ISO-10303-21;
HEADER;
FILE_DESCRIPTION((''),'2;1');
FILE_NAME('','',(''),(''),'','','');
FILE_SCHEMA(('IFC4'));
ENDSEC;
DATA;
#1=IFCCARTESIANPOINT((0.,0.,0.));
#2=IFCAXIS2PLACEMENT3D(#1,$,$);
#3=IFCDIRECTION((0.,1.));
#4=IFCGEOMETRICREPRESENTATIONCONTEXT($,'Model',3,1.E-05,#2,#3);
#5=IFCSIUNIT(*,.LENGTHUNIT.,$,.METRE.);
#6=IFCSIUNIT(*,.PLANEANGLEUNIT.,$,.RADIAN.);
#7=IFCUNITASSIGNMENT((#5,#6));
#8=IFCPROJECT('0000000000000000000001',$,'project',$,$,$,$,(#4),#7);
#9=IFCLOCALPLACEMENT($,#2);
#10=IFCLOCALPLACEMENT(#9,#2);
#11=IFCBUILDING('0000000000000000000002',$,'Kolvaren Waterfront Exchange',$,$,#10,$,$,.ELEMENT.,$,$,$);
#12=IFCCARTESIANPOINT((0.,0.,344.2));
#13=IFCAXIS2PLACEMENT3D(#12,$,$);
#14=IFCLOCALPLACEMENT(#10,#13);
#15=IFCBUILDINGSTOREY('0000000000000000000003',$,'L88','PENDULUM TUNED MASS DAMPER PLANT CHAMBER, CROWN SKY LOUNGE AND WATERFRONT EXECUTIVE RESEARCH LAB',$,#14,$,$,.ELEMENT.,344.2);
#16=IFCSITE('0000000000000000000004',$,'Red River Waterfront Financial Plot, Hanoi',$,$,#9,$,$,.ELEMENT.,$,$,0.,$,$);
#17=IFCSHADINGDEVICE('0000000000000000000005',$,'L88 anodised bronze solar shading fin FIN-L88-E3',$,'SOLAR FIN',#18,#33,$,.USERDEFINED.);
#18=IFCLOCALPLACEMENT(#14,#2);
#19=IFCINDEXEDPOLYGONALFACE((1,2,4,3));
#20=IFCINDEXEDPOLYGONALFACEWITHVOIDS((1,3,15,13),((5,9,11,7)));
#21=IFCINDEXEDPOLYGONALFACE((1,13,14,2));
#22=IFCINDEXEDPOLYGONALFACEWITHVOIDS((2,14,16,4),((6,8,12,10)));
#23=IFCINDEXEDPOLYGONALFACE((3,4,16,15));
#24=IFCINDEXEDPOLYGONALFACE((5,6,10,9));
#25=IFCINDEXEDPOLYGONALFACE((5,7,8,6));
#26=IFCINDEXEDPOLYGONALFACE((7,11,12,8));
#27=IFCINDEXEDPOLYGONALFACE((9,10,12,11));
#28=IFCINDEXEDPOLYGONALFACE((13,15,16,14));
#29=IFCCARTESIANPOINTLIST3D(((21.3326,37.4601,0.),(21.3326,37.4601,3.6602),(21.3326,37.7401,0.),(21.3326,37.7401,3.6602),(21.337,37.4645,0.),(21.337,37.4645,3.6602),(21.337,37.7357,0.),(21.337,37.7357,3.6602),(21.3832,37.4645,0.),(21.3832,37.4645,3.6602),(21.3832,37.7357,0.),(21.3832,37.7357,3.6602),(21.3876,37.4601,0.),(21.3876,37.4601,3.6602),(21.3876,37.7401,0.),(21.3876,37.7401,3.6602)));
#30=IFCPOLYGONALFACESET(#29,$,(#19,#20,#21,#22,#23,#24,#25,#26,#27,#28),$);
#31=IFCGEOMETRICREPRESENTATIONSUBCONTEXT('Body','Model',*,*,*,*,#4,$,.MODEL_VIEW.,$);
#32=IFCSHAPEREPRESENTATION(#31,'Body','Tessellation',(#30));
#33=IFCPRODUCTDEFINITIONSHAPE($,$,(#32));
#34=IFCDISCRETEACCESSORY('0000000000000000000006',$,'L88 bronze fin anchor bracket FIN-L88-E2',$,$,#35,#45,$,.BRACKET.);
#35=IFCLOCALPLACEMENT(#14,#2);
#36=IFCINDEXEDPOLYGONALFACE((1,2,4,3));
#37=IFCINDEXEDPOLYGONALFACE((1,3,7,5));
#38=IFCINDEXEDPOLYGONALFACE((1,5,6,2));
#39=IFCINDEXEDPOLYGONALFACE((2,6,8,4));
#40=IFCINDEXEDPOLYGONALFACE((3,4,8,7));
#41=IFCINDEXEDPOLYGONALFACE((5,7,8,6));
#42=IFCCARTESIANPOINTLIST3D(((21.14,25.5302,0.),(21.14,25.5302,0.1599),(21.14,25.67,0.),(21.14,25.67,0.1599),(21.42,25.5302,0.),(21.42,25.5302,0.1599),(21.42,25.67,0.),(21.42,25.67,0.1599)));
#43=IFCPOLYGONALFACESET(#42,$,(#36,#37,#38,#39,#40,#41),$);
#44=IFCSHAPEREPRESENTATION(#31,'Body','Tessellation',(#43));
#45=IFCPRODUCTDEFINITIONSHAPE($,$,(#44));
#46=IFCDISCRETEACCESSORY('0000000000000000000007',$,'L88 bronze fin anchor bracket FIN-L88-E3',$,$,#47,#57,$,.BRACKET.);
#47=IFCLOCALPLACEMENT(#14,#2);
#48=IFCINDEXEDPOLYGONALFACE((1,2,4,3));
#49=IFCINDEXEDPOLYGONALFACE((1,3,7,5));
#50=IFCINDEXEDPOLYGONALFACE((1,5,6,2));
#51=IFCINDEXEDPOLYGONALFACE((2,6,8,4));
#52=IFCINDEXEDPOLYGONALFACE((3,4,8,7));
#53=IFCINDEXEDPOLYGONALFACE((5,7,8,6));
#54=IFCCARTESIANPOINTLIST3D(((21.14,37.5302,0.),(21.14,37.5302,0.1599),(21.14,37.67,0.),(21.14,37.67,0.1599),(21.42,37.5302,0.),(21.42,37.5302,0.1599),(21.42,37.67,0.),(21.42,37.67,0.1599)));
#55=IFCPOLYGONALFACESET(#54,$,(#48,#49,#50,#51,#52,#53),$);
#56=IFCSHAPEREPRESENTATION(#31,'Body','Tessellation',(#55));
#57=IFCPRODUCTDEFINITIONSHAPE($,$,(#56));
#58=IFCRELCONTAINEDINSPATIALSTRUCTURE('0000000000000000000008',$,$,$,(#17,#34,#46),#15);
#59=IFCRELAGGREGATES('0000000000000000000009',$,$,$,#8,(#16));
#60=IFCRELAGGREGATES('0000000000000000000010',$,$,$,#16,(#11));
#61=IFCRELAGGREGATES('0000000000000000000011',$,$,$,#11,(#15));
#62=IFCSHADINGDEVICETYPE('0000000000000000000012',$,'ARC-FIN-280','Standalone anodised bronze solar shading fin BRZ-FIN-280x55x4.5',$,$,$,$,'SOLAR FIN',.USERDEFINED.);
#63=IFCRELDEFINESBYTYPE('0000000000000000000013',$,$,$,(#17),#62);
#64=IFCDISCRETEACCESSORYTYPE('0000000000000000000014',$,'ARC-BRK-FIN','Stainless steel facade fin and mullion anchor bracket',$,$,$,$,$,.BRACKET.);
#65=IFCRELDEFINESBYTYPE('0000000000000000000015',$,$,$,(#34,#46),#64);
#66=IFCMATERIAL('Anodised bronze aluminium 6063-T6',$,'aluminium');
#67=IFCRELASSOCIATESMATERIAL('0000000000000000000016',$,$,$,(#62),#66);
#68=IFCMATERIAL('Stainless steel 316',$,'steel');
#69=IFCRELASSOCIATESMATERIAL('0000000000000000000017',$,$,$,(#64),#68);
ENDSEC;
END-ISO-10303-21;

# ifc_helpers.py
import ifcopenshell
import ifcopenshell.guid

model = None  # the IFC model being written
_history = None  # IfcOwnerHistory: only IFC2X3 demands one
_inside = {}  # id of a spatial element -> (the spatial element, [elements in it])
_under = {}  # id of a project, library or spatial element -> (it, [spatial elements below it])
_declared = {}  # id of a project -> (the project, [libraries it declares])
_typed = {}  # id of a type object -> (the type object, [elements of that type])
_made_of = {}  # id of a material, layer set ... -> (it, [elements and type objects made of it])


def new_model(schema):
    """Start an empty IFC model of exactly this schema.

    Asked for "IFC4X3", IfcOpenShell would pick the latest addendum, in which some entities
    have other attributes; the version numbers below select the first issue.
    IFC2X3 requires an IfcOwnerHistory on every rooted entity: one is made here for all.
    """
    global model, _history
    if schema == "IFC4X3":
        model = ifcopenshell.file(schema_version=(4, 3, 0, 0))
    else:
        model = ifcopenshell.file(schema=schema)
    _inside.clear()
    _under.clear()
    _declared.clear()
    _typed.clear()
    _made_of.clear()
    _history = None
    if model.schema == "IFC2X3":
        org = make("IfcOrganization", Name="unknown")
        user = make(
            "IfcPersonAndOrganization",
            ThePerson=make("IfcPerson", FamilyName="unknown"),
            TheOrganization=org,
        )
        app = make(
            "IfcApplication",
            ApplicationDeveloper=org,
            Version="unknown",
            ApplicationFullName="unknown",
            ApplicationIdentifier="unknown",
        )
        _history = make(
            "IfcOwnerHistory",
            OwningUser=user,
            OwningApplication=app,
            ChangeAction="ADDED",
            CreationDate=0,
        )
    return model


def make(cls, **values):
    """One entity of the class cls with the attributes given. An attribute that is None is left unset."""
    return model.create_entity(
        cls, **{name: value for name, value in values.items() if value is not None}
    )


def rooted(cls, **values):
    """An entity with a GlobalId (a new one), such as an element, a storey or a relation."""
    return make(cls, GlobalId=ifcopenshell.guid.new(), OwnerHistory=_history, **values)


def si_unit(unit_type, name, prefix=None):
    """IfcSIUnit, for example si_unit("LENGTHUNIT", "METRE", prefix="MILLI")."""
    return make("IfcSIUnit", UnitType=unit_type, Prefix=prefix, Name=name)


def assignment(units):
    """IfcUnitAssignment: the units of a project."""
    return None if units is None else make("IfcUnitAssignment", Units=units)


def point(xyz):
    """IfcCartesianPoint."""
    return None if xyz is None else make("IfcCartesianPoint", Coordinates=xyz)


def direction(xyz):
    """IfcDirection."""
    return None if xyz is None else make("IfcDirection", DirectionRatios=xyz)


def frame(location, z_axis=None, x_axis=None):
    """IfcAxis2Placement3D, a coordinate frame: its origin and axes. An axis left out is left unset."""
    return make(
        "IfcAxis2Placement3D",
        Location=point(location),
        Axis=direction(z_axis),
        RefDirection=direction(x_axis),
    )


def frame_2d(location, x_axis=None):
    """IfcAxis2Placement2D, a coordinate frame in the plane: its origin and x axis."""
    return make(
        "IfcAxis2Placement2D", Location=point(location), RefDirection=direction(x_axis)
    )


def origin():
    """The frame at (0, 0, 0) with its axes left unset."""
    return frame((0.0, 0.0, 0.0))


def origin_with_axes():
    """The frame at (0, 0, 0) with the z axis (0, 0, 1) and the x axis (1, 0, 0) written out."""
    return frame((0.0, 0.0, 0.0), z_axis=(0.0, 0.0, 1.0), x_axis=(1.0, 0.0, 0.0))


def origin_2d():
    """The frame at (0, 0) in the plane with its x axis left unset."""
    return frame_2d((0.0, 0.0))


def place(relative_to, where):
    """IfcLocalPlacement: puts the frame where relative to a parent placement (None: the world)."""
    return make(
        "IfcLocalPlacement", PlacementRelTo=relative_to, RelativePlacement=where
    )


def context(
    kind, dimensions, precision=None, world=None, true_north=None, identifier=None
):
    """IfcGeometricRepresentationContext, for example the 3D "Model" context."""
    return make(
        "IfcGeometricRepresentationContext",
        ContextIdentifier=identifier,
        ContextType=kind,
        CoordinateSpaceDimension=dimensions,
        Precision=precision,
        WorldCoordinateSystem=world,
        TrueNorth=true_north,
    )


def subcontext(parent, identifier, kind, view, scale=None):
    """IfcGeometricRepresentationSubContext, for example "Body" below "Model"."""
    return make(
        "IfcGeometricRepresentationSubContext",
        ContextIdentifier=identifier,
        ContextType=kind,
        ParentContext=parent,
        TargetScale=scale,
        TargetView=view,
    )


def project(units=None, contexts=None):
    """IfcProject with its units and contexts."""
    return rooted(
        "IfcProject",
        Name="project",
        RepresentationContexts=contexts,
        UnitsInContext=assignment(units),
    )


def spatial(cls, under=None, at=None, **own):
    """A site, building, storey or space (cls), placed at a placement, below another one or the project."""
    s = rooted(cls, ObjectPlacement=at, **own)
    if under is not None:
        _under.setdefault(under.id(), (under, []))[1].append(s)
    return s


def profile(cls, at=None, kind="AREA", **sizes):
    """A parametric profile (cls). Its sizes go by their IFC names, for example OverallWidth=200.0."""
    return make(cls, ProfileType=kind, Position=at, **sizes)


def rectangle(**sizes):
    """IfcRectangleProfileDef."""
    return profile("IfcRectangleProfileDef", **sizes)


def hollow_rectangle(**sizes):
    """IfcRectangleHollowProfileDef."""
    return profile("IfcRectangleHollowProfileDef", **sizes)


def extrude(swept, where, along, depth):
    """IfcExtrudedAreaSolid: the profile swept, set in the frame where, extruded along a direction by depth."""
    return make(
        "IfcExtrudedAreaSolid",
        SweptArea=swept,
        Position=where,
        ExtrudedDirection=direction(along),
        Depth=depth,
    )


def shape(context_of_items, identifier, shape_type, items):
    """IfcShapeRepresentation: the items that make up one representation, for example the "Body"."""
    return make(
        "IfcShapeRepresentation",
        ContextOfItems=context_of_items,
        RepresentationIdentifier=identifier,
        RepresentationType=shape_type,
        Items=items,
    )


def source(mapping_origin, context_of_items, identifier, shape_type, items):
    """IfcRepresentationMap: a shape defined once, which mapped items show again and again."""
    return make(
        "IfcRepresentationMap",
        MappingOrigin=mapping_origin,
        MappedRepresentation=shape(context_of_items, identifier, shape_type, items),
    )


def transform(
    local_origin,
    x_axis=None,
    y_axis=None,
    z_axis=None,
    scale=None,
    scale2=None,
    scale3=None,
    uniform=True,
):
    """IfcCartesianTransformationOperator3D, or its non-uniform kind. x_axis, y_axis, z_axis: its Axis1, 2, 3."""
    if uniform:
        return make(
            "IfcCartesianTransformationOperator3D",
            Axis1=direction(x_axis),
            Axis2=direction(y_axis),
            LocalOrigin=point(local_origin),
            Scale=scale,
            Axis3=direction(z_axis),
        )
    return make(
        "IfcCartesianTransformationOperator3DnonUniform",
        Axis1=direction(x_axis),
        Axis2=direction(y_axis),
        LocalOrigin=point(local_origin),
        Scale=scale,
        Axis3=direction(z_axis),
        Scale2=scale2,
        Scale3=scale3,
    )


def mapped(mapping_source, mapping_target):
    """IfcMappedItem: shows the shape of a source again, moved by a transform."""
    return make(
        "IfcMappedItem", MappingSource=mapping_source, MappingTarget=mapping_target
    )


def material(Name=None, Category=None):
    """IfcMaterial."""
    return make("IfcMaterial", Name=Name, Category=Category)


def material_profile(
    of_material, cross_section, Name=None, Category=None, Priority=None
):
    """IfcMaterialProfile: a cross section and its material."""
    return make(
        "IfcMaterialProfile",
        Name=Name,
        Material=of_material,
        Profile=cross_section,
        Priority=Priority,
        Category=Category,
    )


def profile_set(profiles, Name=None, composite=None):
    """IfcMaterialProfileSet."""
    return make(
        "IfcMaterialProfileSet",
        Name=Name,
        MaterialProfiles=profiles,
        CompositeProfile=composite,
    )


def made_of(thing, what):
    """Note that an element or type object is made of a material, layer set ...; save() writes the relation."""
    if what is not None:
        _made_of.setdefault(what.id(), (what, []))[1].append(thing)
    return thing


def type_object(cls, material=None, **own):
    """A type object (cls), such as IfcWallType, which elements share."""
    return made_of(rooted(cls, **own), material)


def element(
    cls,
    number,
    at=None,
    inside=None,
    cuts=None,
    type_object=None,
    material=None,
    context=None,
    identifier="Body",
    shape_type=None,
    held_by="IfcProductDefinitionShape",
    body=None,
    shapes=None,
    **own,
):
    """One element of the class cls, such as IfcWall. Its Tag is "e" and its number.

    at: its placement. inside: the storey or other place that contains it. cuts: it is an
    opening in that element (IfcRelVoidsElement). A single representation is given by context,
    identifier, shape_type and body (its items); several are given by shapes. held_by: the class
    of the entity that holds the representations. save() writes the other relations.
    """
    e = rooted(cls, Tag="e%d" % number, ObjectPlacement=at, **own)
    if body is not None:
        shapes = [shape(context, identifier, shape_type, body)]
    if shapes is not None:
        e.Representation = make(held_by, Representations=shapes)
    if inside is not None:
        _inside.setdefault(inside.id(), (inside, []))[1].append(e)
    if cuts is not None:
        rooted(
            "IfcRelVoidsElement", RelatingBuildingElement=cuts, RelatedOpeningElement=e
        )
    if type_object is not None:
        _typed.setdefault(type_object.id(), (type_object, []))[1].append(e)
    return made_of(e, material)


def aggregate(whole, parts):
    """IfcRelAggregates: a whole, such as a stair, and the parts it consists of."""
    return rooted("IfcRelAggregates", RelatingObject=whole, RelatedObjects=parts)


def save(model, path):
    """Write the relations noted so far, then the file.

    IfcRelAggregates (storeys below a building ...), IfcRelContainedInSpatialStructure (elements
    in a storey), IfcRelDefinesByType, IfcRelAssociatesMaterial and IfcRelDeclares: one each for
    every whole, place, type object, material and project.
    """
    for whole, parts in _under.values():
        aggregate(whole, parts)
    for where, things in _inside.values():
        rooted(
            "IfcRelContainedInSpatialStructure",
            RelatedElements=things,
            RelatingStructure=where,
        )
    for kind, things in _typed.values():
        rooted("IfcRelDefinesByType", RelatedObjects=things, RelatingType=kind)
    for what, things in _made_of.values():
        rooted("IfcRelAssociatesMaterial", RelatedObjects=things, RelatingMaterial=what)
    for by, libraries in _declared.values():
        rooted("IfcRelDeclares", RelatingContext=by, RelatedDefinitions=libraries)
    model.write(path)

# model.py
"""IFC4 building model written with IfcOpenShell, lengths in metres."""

from ifc_helpers import new_model, si_unit, direction, frame, origin, origin_with_axes, origin_2d, place, context, subcontext, project, spatial, rectangle, hollow_rectangle, extrude, source, transform, mapped, material, material_profile, profile_set, type_object, element, save


model = new_model("IFC4")

# Units and contexts
model_context = context("Model", 3, precision=1e-05, world=origin(), true_north=direction((0.0, 1.0)))
body_context = subcontext(model_context, "Body", "Model", "MODEL_VIEW")
ifc_project = project(units=[si_unit("LENGTHUNIT", "METRE"), si_unit("PLANEANGLEUNIT", "RADIAN")], contexts=[model_context])

# Site, building, storey
site_placement = place(None, origin())
site = spatial("IfcSite", under=ifc_project, at=site_placement, Name="Red River Waterfront Financial Plot, Hanoi", CompositionType="ELEMENT", RefElevation=0.0)
building_placement = place(site_placement, origin())
building = spatial("IfcBuilding", under=site, at=building_placement, Name="Kolvaren Waterfront Exchange", CompositionType="ELEMENT")
storey_placement = place(building_placement, frame((0.0, 0.0, 344.2)))
storey = spatial("IfcBuildingStorey", under=building, at=storey_placement, Name="L88", Description="PENDULUM TUNED MASS DAMPER PLANT CHAMBER, CROWN SKY LOUNGE AND WATERFRONT EXECUTIVE RESEARCH LAB", CompositionType="ELEMENT", Elevation=344.2)

# Shared definitions
ifc_material_1 = material(Name="Anodised bronze aluminium 6063-T6", Category="aluminium")

# Shading device
ifc_material_profile_1 = material_profile(ifc_material_1, hollow_rectangle(XDim=0.0549, YDim=0.28, WallThickness=0.0044, at=origin_2d()), Name="BRZ-FIN-280x55x4.5")
ifc_profile_set_1 = profile_set([ifc_material_profile_1], Name="Anodised bronze aluminium 6063-T6")
shading_device_type = type_object("IfcShadingDeviceType", Name="ARC-FIN-280", Description="Standalone anodised bronze solar shading fin BRZ-FIN-280x55x4.5", ElementType="SOLAR FIN", PredefinedType="USERDEFINED", material=ifc_profile_set_1)
for number, where, z_axis, x_axis, name in (
    (1, (21.3601, 37.6001, 0.0), (0.0, 0.0, 1.0), (1.0, 0.0, 0.0), "L88 anodised bronze solar shading fin FIN-L88-E3"),
):
    element("IfcShadingDevice", number, at=place(storey_placement, frame(where, z_axis=z_axis, x_axis=x_axis)), inside=storey, type_object=shading_device_type, Name=name, ObjectType="SOLAR FIN", PredefinedType="USERDEFINED", context=body_context, shape_type="SweptSolid", body=[
        extrude(hollow_rectangle(XDim=0.0549, YDim=0.28, WallThickness=0.0044, at=origin_2d()), origin(), (0.0, 0.0, 1.0), 3.6602),
    ])

# Discrete accessories
ifc_material_2 = material(Name="Stainless steel 316", Category="steel")
discrete_accessory_type = type_object("IfcDiscreteAccessoryType", Name="ARC-BRK-FIN", Description="Stainless steel facade fin and mullion anchor bracket", PredefinedType="BRACKET", material=ifc_material_2)
shared_shape_1 = source(origin_with_axes(), body_context, "Body", "SweptSolid", [
    extrude(rectangle(XDim=0.28, YDim=0.1399, at=origin_2d()), origin(), (0.0, 0.0, 1.0), 0.1599),
])
for number, where, z_axis, x_axis, name in (
    (2, (21.28, 25.6001, 0.0), (0.0, 0.0, 1.0), (1.0, 0.0, 0.0), "L88 bronze fin anchor bracket FIN-L88-E2"),
    (3, (21.28, 37.6001, 0.0), (0.0, 0.0, 1.0), (1.0, 0.0, 0.0), "L88 bronze fin anchor bracket FIN-L88-E3"),
):
    element("IfcDiscreteAccessory", number, at=place(storey_placement, frame(where, z_axis=z_axis, x_axis=x_axis)), inside=storey, type_object=discrete_accessory_type, Name=name, PredefinedType="BRACKET", context=body_context, shape_type="MappedRepresentation", body=[
        mapped(shared_shape_1, transform((0.0, 0.0, 0.0), x_axis=(1.0, 0.0, 0.0), y_axis=(0.0, 1.0, 0.0), z_axis=(0.0, 0.0, 1.0), scale=1.0)),
    ])

save(model, "model.ifc")
